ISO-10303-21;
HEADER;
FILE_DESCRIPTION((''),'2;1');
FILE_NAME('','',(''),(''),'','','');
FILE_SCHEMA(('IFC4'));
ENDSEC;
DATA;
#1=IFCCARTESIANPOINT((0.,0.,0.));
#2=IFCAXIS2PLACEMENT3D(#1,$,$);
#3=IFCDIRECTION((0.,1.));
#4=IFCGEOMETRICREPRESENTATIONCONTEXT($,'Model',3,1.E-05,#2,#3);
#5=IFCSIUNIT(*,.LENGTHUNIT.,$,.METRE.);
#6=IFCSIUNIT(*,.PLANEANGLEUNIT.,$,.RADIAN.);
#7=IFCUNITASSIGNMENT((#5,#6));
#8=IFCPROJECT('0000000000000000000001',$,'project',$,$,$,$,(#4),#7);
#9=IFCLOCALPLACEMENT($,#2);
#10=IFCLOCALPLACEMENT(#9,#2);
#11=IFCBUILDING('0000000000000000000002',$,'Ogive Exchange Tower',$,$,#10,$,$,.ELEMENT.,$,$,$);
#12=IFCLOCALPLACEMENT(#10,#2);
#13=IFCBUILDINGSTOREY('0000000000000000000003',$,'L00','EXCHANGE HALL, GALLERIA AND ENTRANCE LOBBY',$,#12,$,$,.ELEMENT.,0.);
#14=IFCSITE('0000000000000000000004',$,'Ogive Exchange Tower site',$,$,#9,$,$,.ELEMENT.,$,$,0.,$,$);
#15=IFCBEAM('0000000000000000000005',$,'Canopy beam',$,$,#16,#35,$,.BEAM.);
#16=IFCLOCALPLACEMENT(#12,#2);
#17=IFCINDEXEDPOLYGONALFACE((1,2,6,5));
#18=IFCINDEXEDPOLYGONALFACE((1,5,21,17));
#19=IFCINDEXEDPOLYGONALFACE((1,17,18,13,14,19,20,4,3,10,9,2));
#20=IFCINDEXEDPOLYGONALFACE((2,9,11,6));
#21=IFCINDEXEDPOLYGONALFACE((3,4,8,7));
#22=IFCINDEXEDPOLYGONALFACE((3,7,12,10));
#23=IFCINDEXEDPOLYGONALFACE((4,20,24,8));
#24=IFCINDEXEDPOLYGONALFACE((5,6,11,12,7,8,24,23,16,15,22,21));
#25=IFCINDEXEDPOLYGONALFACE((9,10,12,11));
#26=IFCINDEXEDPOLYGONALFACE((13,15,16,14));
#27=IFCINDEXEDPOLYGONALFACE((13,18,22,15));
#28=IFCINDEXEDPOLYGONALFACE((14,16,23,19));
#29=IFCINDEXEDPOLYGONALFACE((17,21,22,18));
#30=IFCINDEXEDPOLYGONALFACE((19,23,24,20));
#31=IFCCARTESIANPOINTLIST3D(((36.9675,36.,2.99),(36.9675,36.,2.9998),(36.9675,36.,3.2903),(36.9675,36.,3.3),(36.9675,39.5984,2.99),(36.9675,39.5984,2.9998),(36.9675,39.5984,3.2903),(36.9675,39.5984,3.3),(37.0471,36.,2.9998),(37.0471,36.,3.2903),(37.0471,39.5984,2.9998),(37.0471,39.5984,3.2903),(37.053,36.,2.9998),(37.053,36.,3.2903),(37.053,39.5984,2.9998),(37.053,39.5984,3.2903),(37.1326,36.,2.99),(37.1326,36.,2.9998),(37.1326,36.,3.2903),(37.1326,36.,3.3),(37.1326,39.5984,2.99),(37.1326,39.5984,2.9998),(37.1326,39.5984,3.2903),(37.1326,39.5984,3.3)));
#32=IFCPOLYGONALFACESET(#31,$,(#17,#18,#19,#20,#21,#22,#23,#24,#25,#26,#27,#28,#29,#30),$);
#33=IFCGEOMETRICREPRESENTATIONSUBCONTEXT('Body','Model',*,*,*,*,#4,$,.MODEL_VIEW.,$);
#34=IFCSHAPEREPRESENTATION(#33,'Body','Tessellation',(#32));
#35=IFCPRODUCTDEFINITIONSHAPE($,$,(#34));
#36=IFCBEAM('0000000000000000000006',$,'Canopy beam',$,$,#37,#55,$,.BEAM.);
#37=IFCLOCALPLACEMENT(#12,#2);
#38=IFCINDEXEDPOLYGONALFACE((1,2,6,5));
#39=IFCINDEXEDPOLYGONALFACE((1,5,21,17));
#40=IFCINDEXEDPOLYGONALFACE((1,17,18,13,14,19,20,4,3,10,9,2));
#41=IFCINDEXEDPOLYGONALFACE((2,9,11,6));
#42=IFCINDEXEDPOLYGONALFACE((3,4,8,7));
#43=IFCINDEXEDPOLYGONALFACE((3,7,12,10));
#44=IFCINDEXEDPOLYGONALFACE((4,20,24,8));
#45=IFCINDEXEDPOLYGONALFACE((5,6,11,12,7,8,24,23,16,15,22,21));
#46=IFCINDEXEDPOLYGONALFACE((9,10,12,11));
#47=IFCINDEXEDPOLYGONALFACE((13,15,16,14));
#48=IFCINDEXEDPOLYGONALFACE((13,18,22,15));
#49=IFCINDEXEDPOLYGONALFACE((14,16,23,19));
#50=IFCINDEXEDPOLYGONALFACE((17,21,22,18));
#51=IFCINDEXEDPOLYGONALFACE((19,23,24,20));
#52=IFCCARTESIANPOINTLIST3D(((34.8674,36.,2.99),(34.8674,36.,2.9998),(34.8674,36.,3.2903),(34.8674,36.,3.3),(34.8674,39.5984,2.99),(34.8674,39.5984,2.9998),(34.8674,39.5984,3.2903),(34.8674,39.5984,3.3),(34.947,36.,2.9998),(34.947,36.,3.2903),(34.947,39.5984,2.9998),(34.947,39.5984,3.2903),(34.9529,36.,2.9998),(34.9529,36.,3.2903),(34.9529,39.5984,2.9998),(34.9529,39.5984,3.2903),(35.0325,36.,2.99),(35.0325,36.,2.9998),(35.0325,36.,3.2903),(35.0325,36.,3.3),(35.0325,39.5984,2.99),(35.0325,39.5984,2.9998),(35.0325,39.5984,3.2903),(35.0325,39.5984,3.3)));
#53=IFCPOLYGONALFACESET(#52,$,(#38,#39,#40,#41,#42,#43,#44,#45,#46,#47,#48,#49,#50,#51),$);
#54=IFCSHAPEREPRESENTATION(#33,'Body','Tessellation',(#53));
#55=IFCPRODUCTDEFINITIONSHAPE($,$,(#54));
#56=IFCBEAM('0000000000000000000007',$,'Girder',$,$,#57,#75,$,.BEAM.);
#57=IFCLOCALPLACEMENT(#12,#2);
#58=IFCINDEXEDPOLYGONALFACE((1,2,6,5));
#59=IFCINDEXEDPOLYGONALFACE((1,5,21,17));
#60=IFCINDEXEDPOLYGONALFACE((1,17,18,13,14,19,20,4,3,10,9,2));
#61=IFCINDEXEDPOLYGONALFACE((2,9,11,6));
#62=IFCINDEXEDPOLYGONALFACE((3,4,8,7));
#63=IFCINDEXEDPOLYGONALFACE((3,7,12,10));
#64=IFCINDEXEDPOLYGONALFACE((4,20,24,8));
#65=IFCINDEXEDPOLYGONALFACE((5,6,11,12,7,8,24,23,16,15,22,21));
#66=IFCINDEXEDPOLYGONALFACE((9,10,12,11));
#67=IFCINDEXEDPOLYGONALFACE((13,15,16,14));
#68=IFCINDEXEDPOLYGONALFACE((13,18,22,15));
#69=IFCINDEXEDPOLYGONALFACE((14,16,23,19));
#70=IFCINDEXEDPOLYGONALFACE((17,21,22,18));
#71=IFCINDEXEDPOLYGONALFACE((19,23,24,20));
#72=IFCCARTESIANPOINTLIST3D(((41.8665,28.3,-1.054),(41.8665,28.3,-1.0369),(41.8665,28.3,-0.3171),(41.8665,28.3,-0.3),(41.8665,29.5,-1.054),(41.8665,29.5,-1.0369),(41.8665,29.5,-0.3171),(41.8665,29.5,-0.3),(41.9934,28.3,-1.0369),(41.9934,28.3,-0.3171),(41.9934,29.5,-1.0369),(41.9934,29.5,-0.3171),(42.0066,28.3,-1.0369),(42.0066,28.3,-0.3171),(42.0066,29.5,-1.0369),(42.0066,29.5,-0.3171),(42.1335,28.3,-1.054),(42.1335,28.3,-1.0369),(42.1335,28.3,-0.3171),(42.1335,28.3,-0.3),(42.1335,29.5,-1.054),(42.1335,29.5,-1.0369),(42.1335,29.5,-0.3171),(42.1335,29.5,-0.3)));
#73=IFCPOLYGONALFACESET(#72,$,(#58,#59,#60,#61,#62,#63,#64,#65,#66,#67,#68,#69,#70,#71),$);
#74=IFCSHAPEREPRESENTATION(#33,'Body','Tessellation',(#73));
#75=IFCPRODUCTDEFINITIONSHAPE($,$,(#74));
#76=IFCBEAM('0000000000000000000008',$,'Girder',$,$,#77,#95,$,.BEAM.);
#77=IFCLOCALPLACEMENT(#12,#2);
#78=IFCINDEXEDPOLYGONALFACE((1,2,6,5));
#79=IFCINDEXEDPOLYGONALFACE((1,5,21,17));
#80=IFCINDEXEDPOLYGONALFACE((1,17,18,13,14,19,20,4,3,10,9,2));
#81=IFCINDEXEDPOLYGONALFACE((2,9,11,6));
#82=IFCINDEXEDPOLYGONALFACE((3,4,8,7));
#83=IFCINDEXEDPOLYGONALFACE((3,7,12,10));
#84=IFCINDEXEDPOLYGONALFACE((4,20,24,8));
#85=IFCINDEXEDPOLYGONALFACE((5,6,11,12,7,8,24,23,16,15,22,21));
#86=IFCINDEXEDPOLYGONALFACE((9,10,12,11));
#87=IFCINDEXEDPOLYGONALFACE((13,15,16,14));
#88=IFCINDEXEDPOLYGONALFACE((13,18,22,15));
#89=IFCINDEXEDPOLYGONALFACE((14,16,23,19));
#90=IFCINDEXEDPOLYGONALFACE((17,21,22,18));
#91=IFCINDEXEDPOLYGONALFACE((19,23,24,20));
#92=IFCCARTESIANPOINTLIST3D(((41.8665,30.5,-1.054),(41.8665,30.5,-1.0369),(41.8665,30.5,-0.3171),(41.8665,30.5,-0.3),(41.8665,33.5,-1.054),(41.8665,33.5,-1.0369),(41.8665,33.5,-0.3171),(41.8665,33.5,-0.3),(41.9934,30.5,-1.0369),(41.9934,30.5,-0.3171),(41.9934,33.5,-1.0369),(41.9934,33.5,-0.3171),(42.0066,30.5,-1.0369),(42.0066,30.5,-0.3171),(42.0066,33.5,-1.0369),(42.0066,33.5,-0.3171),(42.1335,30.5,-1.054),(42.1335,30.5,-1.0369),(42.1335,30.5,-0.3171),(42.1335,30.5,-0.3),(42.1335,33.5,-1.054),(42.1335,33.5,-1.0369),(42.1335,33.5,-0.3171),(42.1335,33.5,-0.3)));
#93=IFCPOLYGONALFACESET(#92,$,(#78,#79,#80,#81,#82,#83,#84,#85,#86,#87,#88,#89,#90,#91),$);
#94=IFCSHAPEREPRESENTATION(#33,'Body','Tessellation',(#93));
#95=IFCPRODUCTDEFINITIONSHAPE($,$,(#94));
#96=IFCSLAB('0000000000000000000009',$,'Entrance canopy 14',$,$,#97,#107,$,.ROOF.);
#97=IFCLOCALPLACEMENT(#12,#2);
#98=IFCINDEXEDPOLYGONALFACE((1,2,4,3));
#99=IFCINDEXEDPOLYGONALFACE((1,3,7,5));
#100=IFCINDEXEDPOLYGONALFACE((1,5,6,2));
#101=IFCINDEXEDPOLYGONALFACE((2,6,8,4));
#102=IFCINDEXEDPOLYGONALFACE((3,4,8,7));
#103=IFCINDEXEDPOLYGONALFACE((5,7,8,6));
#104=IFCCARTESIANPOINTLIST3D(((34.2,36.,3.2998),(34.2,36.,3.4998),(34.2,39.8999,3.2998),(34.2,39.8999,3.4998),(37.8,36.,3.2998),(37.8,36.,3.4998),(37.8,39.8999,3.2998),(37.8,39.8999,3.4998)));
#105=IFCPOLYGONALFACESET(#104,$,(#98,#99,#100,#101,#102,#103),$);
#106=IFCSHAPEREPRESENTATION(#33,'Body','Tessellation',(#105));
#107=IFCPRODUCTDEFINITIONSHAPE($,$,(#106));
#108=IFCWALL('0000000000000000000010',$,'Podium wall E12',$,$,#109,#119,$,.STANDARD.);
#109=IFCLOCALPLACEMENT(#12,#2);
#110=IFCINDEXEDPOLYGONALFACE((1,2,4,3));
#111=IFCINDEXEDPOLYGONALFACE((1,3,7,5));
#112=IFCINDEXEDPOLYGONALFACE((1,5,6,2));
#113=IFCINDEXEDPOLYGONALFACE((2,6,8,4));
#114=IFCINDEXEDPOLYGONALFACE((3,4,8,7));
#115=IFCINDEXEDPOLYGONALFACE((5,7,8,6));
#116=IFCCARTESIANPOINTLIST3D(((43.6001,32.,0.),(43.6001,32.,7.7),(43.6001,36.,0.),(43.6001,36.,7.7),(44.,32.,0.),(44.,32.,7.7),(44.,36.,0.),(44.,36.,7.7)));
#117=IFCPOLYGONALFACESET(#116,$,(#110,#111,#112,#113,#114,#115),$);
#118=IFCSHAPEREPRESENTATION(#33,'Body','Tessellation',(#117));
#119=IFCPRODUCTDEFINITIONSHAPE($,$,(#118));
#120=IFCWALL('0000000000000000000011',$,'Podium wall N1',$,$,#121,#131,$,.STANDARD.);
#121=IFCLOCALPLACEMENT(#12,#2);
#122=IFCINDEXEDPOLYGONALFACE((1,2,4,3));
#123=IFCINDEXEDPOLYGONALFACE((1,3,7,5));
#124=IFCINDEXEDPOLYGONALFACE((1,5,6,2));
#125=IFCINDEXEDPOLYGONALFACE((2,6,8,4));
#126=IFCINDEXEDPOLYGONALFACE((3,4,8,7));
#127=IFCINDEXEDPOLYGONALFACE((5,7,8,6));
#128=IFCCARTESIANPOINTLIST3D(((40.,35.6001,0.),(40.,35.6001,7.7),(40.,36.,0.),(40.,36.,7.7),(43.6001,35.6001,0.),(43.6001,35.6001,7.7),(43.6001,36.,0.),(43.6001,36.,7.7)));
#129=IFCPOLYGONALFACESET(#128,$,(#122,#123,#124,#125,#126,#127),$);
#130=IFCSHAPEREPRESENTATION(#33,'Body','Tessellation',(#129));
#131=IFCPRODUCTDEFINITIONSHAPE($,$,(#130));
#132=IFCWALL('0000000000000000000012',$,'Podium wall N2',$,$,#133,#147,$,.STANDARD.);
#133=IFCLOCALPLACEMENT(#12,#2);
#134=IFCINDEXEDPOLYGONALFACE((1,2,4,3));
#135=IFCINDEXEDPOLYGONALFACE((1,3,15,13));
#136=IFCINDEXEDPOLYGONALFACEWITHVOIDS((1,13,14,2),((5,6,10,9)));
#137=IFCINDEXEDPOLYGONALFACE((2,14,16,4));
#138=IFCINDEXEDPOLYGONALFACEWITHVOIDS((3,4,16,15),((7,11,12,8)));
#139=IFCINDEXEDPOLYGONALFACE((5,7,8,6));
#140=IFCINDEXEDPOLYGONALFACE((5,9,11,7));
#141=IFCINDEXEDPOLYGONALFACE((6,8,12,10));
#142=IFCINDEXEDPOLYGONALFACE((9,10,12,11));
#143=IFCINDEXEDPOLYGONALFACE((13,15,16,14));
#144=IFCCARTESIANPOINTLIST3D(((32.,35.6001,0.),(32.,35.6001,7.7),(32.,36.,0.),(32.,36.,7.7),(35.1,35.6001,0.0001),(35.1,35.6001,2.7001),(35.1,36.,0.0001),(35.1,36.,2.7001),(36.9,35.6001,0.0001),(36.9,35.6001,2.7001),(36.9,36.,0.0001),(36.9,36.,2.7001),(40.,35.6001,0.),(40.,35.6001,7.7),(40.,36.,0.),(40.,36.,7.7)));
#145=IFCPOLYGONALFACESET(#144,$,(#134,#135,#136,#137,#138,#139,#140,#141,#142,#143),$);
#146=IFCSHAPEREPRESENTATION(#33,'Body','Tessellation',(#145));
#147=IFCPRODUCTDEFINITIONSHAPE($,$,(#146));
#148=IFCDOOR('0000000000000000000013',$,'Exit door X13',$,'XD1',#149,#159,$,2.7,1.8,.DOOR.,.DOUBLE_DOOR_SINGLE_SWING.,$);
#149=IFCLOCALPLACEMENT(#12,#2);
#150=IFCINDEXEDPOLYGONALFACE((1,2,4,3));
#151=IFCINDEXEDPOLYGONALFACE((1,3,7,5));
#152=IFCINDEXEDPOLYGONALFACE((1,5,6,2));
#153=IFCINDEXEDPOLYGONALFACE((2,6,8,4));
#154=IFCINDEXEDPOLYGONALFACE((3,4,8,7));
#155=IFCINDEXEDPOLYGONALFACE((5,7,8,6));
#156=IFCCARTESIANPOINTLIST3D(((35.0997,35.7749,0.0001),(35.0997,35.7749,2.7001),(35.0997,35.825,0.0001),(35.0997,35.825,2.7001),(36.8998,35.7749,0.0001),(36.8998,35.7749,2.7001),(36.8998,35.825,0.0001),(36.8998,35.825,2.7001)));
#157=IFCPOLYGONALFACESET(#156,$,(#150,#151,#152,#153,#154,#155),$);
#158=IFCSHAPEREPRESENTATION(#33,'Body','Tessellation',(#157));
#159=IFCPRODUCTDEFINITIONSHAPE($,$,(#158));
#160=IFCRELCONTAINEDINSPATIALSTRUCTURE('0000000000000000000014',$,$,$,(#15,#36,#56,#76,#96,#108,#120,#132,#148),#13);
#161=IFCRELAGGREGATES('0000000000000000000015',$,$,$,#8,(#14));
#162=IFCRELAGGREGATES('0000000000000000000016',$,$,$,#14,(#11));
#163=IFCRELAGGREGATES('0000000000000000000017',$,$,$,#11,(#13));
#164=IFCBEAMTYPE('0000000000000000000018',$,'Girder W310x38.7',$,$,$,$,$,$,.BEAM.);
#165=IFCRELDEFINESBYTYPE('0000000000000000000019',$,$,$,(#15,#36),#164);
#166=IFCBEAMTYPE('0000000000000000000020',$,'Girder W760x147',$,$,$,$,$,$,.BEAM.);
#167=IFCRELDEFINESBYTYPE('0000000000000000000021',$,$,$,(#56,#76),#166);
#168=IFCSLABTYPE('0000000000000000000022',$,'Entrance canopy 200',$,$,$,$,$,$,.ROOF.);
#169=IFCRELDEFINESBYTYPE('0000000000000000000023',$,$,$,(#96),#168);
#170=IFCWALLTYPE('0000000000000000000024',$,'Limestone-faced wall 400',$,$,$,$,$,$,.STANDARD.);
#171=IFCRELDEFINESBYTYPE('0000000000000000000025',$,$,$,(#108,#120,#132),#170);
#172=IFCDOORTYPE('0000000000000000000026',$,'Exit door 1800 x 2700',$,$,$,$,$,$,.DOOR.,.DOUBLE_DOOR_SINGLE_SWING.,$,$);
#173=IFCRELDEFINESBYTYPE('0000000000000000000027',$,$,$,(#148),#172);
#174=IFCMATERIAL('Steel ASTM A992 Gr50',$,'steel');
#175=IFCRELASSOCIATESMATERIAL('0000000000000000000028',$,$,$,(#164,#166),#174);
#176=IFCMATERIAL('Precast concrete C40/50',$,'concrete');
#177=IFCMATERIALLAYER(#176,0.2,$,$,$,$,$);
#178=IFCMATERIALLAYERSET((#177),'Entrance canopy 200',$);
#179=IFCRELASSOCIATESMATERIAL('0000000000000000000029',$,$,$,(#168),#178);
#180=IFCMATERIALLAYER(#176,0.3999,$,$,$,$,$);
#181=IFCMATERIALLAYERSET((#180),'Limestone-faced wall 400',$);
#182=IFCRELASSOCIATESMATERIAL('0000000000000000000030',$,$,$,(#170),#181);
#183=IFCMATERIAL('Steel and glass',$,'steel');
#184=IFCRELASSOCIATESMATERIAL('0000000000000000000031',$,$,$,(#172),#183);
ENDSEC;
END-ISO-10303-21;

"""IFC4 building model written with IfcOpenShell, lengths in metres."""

from ifc_helpers import new_model, si_unit, direction, frame, frame_2d, origin, origin_2d, place, context, subcontext, project, spatial, rectangle, i_section, extrude, material, layer, layer_set, material_profile, profile_set, type_object, element, fill, save


model = new_model("IFC4")

# Units and contexts
model_context = context("Model", 3, precision=1e-05, world=origin(), true_north=direction((0.0, 1.0)))
body_context = subcontext(model_context, "Body", "Model", "MODEL_VIEW")
ifc_project = project(units=[si_unit("LENGTHUNIT", "METRE"), si_unit("PLANEANGLEUNIT", "RADIAN")], contexts=[model_context])

# Site, building, storey
site_placement = place(None, origin())
site = spatial("IfcSite", under=ifc_project, at=site_placement, Name="Ogive Exchange Tower site", CompositionType="ELEMENT", RefElevation=0.0)
building_placement = place(site_placement, origin())
building = spatial("IfcBuilding", under=site, at=building_placement, Name="Ogive Exchange Tower", CompositionType="ELEMENT")
storey_placement = place(building_placement, origin())
storey = spatial("IfcBuildingStorey", under=building, at=storey_placement, Name="L00", Description="EXCHANGE HALL, GALLERIA AND ENTRANCE LOBBY", CompositionType="ELEMENT", Elevation=0.0)

# Beams
ifc_material_1 = material(Name="Steel ASTM A992 Gr50", Category="steel")
ifc_material_profile_1 = material_profile(ifc_material_1, i_section(OverallWidth=0.165, OverallDepth=0.3101, WebThickness=0.0059, FlangeThickness=0.0098, at=origin_2d()), Name="W310x38.7")
ifc_profile_set_1 = profile_set([ifc_material_profile_1], Name="Steel ASTM A992 Gr50")
beam_type_1 = type_object("IfcBeamType", Name="Girder W310x38.7", PredefinedType="BEAM", material=ifc_profile_set_1)
for number, where, z_axis, x_axis, name in (
    (1, (37.05, 36.0, 3.145), (0.0, 1.0, 0.0), (-1.0, 0.0, 0.0), "Canopy beam"),
    (2, (34.95, 36.0, 3.145), (0.0, 1.0, 0.0), (-1.0, 0.0, 0.0), "Canopy beam"),
):
    element("IfcBeam", number, at=place(storey_placement, frame(where, z_axis=z_axis, x_axis=x_axis)), inside=storey, type_object=beam_type_1, Name=name, PredefinedType="BEAM", context=body_context, shape_type="SweptSolid", body=[
        extrude(i_section(OverallWidth=0.165, OverallDepth=0.3101, WebThickness=0.0059, FlangeThickness=0.0098, at=origin_2d()), origin(), (0.0, 0.0, 1.0), 3.5984),
    ])
ifc_material_profile_2 = material_profile(ifc_material_1, i_section(OverallWidth=0.2671, OverallDepth=0.7539, WebThickness=0.0132, FlangeThickness=0.0171, at=origin_2d()), Name="W760x147")
ifc_profile_set_2 = profile_set([ifc_material_profile_2], Name="Steel ASTM A992 Gr50")
beam_type_2 = type_object("IfcBeamType", Name="Girder W760x147", PredefinedType="BEAM", material=ifc_profile_set_2)
beam_1_placement = place(storey_placement, frame((42.0, 28.3, -0.677), z_axis=(0.0, 1.0, 0.0), x_axis=(-1.0, 0.0, 0.0)))
element("IfcBeam", 3, at=beam_1_placement, inside=storey, type_object=beam_type_2, Name="Girder", PredefinedType="BEAM", context=body_context, shape_type="SweptSolid", body=[
    extrude(i_section(OverallWidth=0.2671, OverallDepth=0.7539, WebThickness=0.0132, FlangeThickness=0.0171, at=origin_2d()), origin(), (0.0, 0.0, 1.0), 1.2),
])
beam_2_placement = place(storey_placement, frame((42.0, 30.5, -0.677), z_axis=(0.0, 1.0, 0.0), x_axis=(-1.0, 0.0, 0.0)))
element("IfcBeam", 4, at=beam_2_placement, inside=storey, type_object=beam_type_2, Name="Girder", PredefinedType="BEAM", context=body_context, shape_type="SweptSolid", body=[
    extrude(i_section(OverallWidth=0.2671, OverallDepth=0.7539, WebThickness=0.0132, FlangeThickness=0.0171, at=origin_2d()), origin(), (0.0, 0.0, 1.0), 3.0),
])

# Slab
ifc_material_2 = material(Name="Precast concrete C40/50", Category="concrete")
ifc_layer_1 = layer(ifc_material_2, 0.2)
ifc_layer_set_1 = layer_set([ifc_layer_1], Name="Entrance canopy 200")
slab_type = type_object("IfcSlabType", Name="Entrance canopy 200", PredefinedType="ROOF", material=ifc_layer_set_1)
slab_placement = place(storey_placement, frame((36.0, 37.95, 3.2998), z_axis=(0.0, 0.0, 1.0), x_axis=(-1.0, 0.0, 0.0)))
element("IfcSlab", 5, at=slab_placement, inside=storey, type_object=slab_type, Name="Entrance canopy 14", PredefinedType="ROOF", context=body_context, shape_type="SweptSolid", body=[
    extrude(rectangle(XDim=3.6001, YDim=3.8999, at=origin_2d()), origin(), (0.0, 0.0, 1.0), 0.2),
])

# Walls
ifc_layer_2 = layer(ifc_material_2, 0.3999)
ifc_layer_set_2 = layer_set([ifc_layer_2], Name="Limestone-faced wall 400")
wall_type_1 = type_object("IfcWallType", Name="Limestone-faced wall 400", PredefinedType="STANDARD", material=ifc_layer_set_2)
wall_1_placement = place(storey_placement, frame((43.8, 32.0, 0.0), z_axis=(0.0, 0.0, 1.0), x_axis=(0.0, 1.0, 0.0)))
element("IfcWall", 6, at=wall_1_placement, inside=storey, type_object=wall_type_1, Name="Podium wall E12", PredefinedType="STANDARD", context=body_context, shape_type="SweptSolid", body=[
    extrude(rectangle(XDim=4.0, YDim=0.3999, at=frame_2d((2.0, 0.0))), origin(), (0.0, 0.0, 1.0), 7.7),
])
wall_2_placement = place(storey_placement, frame((43.6001, 35.8, 0.0), z_axis=(0.0, 0.0, 1.0), x_axis=(-1.0, 0.0, 0.0)))
element("IfcWall", 7, at=wall_2_placement, inside=storey, type_object=wall_type_1, Name="Podium wall N1", PredefinedType="STANDARD", context=body_context, shape_type="SweptSolid", body=[
    extrude(rectangle(XDim=3.6001, YDim=0.3999, at=frame_2d((1.8, 0.0))), origin(), (0.0, 0.0, 1.0), 7.7),
])

# Wall, opening, door
wall_3_placement = place(storey_placement, frame((40.0, 35.8, 0.0), z_axis=(0.0, 0.0, 1.0), x_axis=(-1.0, 0.0, 0.0)))
wall_3 = element("IfcWall", 8, at=wall_3_placement, inside=storey, type_object=wall_type_1, Name="Podium wall N2", PredefinedType="STANDARD", context=body_context, shape_type="SweptSolid", body=[
    extrude(rectangle(XDim=8.0, YDim=0.3999, at=frame_2d((4.0, 0.0))), origin(), (0.0, 0.0, 1.0), 7.7),
])
opening_1_placement = place(wall_3_placement, frame((3.1001, 0.0, 0.0)))
opening_1 = element("IfcOpeningElement", 9, at=opening_1_placement, cuts=wall_3, PredefinedType="OPENING", context=body_context, shape_type="SweptSolid", body=[
    extrude(rectangle(XDim=1.8, YDim=2.7, at=frame_2d((0.8999, 1.3501))), frame((0.0, 0.21, 0.0), z_axis=(0.0, -1.0, 0.0), x_axis=(1.0, 0.0, 0.0)), (0.0, 0.0, 1.0), 0.4199),
])
ifc_material_3 = material(Name="Steel and glass", Category="steel")
door_type_1 = type_object("IfcDoorType", Name="Exit door 1800 x 2700", OperationType="DOUBLE_DOOR_SINGLE_SWING", PredefinedType="DOOR", material=ifc_material_3)
door_1_placement = place(opening_1_placement, frame((1.8, 0.0, 0.0), z_axis=(0.0, 0.0, 1.0), x_axis=(-1.0, 0.0, 0.0)))
door_1 = element("IfcDoor", 10, at=door_1_placement, inside=storey, type_object=door_type_1, Name="Exit door X13", ObjectType="XD1", OperationType="DOUBLE_DOOR_SINGLE_SWING", OverallHeight=2.7, OverallWidth=1.8, PredefinedType="DOOR", context=body_context, shape_type="SweptSolid", body=[
    extrude(rectangle(XDim=1.8, YDim=2.7, at=frame_2d((0.8999, 1.3501))), frame((0.0, 0.0249, 0.0), z_axis=(0.0, -1.0, 0.0), x_axis=(1.0, 0.0, 0.0)), (0.0, 0.0, 1.0), 0.05),
])
fill(opening_1, door_1)

save(model, "model.ifc")
